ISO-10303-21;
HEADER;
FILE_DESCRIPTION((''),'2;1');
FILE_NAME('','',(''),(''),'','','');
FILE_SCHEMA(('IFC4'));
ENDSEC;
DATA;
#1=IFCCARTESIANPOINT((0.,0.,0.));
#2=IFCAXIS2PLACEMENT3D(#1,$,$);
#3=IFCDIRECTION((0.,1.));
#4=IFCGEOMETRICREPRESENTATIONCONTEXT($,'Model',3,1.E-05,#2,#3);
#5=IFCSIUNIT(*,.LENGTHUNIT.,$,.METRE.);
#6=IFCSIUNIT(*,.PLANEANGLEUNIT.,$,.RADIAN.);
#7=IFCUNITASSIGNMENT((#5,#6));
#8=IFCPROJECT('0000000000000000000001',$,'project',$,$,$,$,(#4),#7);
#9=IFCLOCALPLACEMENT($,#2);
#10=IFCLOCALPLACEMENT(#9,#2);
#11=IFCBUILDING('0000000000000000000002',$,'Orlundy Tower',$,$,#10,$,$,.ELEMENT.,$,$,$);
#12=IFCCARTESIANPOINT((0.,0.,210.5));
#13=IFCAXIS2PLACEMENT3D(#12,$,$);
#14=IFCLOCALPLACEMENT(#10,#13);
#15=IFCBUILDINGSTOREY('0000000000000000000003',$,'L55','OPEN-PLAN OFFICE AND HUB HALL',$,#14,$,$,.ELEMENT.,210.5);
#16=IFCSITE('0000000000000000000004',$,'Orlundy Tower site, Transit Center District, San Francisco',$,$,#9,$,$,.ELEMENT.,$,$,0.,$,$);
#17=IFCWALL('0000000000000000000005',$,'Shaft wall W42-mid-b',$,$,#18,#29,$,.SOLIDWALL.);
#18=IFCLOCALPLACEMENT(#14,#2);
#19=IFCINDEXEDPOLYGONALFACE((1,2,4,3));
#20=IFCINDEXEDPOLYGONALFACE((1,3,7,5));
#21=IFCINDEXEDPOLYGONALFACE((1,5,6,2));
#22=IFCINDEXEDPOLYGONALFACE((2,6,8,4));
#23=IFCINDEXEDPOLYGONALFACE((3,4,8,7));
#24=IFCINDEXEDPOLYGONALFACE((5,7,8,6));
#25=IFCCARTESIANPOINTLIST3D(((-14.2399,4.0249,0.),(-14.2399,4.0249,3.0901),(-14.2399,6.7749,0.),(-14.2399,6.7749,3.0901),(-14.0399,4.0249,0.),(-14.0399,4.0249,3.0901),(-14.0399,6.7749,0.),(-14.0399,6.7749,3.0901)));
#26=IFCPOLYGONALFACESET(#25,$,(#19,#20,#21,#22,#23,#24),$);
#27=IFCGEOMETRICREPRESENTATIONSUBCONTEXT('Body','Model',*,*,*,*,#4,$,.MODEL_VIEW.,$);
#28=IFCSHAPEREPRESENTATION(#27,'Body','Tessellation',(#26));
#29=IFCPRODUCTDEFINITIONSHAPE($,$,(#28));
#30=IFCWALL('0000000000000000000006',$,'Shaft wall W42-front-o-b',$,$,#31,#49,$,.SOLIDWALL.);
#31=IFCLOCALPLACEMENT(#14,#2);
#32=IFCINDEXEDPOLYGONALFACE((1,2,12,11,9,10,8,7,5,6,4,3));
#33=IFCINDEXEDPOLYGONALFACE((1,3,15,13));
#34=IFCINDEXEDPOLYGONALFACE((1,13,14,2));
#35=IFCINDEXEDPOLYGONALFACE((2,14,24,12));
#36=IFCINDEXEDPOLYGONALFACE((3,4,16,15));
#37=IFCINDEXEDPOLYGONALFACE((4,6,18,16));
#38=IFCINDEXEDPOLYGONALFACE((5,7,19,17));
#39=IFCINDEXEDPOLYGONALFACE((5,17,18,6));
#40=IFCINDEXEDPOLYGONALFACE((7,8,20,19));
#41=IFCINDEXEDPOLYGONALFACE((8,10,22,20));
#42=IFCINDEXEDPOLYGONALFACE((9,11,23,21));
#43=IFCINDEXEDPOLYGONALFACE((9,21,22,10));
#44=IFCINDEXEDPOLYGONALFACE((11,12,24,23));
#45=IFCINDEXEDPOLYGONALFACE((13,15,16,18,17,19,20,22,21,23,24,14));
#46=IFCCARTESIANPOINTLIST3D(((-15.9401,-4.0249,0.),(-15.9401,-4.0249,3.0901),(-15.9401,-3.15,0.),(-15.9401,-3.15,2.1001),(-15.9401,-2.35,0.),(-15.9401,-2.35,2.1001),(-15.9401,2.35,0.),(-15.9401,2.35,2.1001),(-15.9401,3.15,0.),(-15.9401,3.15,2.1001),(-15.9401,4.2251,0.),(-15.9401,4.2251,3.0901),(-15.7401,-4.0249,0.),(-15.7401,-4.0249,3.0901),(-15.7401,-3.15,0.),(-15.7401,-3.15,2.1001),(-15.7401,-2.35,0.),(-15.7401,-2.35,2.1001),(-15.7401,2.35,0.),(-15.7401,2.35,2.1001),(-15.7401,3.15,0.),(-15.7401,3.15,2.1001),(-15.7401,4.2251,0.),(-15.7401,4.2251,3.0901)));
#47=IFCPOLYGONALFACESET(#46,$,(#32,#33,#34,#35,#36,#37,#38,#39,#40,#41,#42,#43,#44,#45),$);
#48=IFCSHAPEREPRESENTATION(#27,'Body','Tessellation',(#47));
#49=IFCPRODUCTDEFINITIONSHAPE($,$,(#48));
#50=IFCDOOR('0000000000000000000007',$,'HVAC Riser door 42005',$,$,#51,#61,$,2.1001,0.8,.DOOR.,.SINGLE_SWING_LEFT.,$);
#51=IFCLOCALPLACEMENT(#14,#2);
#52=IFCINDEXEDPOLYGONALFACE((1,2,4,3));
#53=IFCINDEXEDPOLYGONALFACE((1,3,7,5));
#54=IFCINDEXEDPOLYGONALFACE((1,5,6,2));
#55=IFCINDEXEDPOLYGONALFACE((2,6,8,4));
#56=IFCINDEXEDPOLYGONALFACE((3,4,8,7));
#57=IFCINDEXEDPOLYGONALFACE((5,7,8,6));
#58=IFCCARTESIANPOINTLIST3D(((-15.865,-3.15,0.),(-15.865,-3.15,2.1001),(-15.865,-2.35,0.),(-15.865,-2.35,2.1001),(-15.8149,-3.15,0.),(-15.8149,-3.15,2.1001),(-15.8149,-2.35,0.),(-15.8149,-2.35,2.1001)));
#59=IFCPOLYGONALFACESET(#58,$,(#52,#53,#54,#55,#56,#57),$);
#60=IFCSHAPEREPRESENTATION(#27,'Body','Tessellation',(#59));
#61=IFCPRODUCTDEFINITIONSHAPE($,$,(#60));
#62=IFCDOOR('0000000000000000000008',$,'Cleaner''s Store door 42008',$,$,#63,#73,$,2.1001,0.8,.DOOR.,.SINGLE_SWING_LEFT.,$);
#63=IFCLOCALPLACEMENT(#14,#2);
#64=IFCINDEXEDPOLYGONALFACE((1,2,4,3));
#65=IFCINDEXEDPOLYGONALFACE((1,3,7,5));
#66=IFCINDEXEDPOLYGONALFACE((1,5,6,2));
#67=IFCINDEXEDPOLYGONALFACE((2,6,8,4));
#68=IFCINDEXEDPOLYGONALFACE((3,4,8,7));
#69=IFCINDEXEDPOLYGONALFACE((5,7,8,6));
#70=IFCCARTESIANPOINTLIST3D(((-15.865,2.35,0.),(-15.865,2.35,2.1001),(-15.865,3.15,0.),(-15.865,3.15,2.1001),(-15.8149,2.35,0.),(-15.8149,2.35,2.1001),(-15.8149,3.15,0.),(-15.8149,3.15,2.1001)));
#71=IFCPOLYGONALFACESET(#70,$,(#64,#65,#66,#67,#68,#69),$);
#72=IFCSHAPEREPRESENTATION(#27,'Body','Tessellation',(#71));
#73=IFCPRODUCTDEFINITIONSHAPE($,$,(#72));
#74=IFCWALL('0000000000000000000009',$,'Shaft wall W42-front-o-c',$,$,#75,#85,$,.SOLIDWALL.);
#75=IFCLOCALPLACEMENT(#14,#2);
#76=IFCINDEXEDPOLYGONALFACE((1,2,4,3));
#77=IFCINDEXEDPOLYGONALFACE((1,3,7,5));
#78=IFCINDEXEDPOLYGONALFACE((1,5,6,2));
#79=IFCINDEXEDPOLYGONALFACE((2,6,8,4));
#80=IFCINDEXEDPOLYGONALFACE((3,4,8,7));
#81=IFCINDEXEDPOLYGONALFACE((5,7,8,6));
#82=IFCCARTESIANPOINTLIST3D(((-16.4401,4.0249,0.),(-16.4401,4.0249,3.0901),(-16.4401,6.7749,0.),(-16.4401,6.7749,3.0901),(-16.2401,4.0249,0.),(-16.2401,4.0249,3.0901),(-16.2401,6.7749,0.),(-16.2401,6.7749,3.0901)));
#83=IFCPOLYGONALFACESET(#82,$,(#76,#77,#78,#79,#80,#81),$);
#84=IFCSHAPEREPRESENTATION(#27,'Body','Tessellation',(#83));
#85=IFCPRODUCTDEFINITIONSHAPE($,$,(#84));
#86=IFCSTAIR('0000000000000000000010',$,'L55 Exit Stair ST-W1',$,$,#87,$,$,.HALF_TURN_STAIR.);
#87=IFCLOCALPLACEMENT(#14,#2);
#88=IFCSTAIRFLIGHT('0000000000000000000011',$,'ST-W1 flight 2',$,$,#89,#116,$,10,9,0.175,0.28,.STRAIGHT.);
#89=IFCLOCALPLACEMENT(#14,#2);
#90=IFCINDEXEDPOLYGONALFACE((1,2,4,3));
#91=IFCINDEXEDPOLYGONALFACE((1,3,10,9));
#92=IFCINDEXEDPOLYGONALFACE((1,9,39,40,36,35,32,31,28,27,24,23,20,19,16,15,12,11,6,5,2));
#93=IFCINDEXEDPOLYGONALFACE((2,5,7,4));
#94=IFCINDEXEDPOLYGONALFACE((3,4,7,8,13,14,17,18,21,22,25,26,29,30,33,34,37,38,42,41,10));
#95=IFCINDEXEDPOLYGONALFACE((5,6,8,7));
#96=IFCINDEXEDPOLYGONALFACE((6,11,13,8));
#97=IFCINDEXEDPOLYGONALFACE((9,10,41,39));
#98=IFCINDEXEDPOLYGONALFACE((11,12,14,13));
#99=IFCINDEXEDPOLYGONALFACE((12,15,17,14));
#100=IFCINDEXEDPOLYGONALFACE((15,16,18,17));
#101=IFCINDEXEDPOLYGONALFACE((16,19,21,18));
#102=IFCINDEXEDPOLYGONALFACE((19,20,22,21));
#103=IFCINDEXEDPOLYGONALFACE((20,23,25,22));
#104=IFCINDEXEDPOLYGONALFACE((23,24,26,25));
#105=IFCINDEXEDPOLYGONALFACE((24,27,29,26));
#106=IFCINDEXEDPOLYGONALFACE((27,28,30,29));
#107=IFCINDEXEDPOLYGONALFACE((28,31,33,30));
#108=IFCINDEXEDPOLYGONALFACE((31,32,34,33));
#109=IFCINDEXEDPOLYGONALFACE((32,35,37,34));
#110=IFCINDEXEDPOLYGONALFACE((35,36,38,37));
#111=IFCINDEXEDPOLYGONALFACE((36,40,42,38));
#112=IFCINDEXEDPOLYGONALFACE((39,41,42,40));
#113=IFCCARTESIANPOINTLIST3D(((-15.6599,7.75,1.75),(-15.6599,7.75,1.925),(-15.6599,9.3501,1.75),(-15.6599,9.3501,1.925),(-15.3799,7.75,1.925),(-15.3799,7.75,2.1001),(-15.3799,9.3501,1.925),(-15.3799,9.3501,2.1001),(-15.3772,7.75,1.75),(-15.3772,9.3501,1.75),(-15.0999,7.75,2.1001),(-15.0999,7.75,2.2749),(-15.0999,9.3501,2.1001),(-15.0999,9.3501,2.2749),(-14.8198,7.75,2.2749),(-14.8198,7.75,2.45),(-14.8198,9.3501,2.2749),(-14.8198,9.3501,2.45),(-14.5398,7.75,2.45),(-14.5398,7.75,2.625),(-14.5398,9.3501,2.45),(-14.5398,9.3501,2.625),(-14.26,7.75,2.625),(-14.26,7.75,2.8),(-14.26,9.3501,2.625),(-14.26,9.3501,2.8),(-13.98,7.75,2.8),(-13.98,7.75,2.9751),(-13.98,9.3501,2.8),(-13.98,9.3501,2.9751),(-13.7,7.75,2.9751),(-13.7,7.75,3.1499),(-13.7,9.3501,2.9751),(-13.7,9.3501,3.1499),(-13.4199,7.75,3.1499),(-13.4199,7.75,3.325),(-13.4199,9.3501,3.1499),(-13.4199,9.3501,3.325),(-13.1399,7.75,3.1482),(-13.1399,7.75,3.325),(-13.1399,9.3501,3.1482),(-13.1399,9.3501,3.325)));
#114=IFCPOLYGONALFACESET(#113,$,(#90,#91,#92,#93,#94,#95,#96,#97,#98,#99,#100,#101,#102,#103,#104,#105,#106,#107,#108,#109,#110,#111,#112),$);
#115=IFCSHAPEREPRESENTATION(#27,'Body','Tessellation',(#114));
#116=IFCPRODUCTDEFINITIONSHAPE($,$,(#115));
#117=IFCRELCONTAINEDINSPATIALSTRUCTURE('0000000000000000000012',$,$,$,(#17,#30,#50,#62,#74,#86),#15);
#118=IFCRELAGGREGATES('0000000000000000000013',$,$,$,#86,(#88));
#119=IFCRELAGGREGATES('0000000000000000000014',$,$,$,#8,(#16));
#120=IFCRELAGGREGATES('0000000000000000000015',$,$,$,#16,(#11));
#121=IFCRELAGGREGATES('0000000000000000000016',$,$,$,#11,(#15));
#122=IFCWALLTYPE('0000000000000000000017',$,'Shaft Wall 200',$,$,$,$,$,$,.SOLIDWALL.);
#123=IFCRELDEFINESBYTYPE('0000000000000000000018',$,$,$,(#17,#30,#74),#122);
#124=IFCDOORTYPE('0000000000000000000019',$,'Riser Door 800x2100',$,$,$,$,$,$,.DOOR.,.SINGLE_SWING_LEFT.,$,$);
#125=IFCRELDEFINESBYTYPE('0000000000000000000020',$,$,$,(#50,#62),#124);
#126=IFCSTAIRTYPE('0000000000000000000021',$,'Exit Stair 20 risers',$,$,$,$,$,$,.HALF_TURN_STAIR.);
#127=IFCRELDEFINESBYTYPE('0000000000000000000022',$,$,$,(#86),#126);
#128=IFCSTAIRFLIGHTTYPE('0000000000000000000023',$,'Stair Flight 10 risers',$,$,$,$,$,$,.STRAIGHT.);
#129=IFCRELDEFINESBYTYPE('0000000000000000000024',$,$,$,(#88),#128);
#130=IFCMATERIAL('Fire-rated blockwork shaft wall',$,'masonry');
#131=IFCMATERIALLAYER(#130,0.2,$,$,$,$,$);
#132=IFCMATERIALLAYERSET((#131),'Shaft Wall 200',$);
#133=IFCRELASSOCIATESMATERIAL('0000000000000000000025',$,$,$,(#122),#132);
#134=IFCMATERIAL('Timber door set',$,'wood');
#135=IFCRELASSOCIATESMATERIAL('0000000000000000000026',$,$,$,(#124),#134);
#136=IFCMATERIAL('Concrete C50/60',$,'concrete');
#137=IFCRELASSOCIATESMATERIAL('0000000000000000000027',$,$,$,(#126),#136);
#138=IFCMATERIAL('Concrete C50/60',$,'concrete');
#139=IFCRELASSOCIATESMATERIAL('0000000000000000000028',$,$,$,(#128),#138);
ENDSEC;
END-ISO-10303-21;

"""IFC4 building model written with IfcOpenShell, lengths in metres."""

from ifc_helpers import new_model, si_unit, direction, frame, frame_2d, origin, place, context, subcontext, project, spatial, polyline, rectangle, outline, extrude, material, layer, layer_set, type_object, element, fill, aggregate, save


model = new_model("IFC4")

# Units and contexts
model_context = context("Model", 3, precision=1e-05, world=origin(), true_north=direction((0.0, 1.0)))
body_context = subcontext(model_context, "Body", "Model", "MODEL_VIEW")
ifc_project = project(units=[si_unit("LENGTHUNIT", "METRE"), si_unit("PLANEANGLEUNIT", "RADIAN")], contexts=[model_context])

# Site, building, storey
site_placement = place(None, origin())
site = spatial("IfcSite", under=ifc_project, at=site_placement, Name="Orlundy Tower site, Transit Center District, San Francisco", CompositionType="ELEMENT", RefElevation=0.0)
building_placement = place(site_placement, origin())
building = spatial("IfcBuilding", under=site, at=building_placement, Name="Orlundy Tower", CompositionType="ELEMENT")
storey_placement = place(building_placement, frame((0.0, 0.0, 210.5)))
storey = spatial("IfcBuildingStorey", under=building, at=storey_placement, Name="L55", Description="OPEN-PLAN OFFICE AND HUB HALL", CompositionType="ELEMENT", Elevation=210.5)

# Wall
ifc_material_1 = material(Name="Fire-rated blockwork shaft wall", Category="masonry")
ifc_layer_1 = layer(ifc_material_1, 0.2)
ifc_layer_set_1 = layer_set([ifc_layer_1], Name="Shaft Wall 200")
wall_type_1 = type_object("IfcWallType", Name="Shaft Wall 200", PredefinedType="SOLIDWALL", material=ifc_layer_set_1)
wall_1_placement = place(storey_placement, frame((-14.1399, 4.0249, 0.0), z_axis=(0.0, 0.0, 1.0), x_axis=(0.0, 1.0, 0.0)))
element("IfcWall", 1, at=wall_1_placement, inside=storey, type_object=wall_type_1, Name="Shaft wall W42-mid-b", PredefinedType="SOLIDWALL", context=body_context, shape_type="SweptSolid", body=[
    extrude(rectangle(XDim=2.75, YDim=0.2, at=frame_2d((1.375, 0.0))), origin(), (0.0, 0.0, 1.0), 3.0901),
])

# Wall, openings, doors
wall_2_placement = place(storey_placement, frame((-15.8401, -4.0249, 0.0), z_axis=(0.0, 0.0, 1.0), x_axis=(0.0, 1.0, 0.0)))
wall_2 = element("IfcWall", 2, at=wall_2_placement, inside=storey, type_object=wall_type_1, Name="Shaft wall W42-front-o-b", PredefinedType="SOLIDWALL", context=body_context, shape_type="SweptSolid", body=[
    extrude(rectangle(XDim=8.25, YDim=0.2, at=frame_2d((4.125, 0.0))), origin(), (0.0, 0.0, 1.0), 3.0901),
])
opening_1_placement = place(wall_2_placement, frame((0.875, 0.0, 0.0)))
opening_1 = element("IfcOpeningElement", 3, at=opening_1_placement, cuts=wall_2, PredefinedType="OPENING", context=body_context, shape_type="SweptSolid", body=[
    extrude(rectangle(XDim=0.8, YDim=2.1001, at=frame_2d((0.3999, 1.05))), frame((0.0, 0.1101, 0.0), z_axis=(0.0, -1.0, 0.0), x_axis=(1.0, 0.0, 0.0)), (0.0, 0.0, 1.0), 0.2202),
])
opening_2_placement = place(wall_2_placement, frame((6.375, 0.0, 0.0)))
opening_2 = element("IfcOpeningElement", 4, at=opening_2_placement, cuts=wall_2, PredefinedType="OPENING", context=body_context, shape_type="SweptSolid", body=[
    extrude(rectangle(XDim=0.8, YDim=2.1001, at=frame_2d((0.3999, 1.05))), frame((0.0, 0.1101, 0.0), z_axis=(0.0, -1.0, 0.0), x_axis=(1.0, 0.0, 0.0)), (0.0, 0.0, 1.0), 0.2202),
])
ifc_material_2 = material(Name="Timber door set", Category="wood")
door_type = type_object("IfcDoorType", Name="Riser Door 800x2100", OperationType="SINGLE_SWING_LEFT", PredefinedType="DOOR", material=ifc_material_2)
door_1_placement = place(opening_1_placement, origin())
door_1 = element("IfcDoor", 5, at=door_1_placement, inside=storey, type_object=door_type, Name="HVAC Riser door 42005", OperationType="SINGLE_SWING_LEFT", OverallHeight=2.1001, OverallWidth=0.8, PredefinedType="DOOR", context=body_context, shape_type="SweptSolid", body=[
    extrude(rectangle(XDim=0.8, YDim=2.1001, at=frame_2d((0.3999, 1.05))), frame((0.0, 0.0249, 0.0), z_axis=(0.0, -1.0, 0.0), x_axis=(1.0, 0.0, 0.0)), (0.0, 0.0, 1.0), 0.05),
])
fill(opening_1, door_1)
door_2_placement = place(opening_2_placement, origin())
door_2 = element("IfcDoor", 6, at=door_2_placement, inside=storey, type_object=door_type, Name="Cleaner's Store door 42008", OperationType="SINGLE_SWING_LEFT", OverallHeight=2.1001, OverallWidth=0.8, PredefinedType="DOOR", context=body_context, shape_type="SweptSolid", body=[
    extrude(rectangle(XDim=0.8, YDim=2.1001, at=frame_2d((0.3999, 1.05))), frame((0.0, 0.0249, 0.0), z_axis=(0.0, -1.0, 0.0), x_axis=(1.0, 0.0, 0.0)), (0.0, 0.0, 1.0), 0.05),
])
fill(opening_2, door_2)

# Wall
wall_3_placement = place(storey_placement, frame((-16.3401, 4.0249, 0.0), z_axis=(0.0, 0.0, 1.0), x_axis=(0.0, 1.0, 0.0)))
element("IfcWall", 7, at=wall_3_placement, inside=storey, type_object=wall_type_1, Name="Shaft wall W42-front-o-c", PredefinedType="SOLIDWALL", context=body_context, shape_type="SweptSolid", body=[
    extrude(rectangle(XDim=2.75, YDim=0.2, at=frame_2d((1.375, 0.0))), origin(), (0.0, 0.0, 1.0), 3.0901),
])

# Stair, stair flight
ifc_material_3 = material(Name="Concrete C50/60", Category="concrete")
stair_type = type_object("IfcStairType", Name="Exit Stair 20 risers", PredefinedType="HALF_TURN_STAIR", material=ifc_material_3)
stair_placement = place(storey_placement, origin())
stair = element("IfcStair", 8, at=stair_placement, inside=storey, type_object=stair_type, Name="L55 Exit Stair ST-W1", PredefinedType="HALF_TURN_STAIR")
ifc_material_4 = material(Name="Concrete C50/60", Category="concrete")
stair_flight_type = type_object("IfcStairFlightType", Name="Stair Flight 10 risers", PredefinedType="STRAIGHT", material=ifc_material_4)
stair_flight_placement = place(storey_placement, frame((-15.6599, 8.55, 1.75), z_axis=(0.0, 0.0, 1.0), x_axis=(1.0, 0.0, 0.0)))
stair_flight = element("IfcStairFlight", 9, at=stair_flight_placement, type_object=stair_flight_type, Name="ST-W1 flight 2", NumberOfRisers=10, NumberOfTreads=9, PredefinedType="STRAIGHT", RiserHeight=0.175, TreadLength=0.28, context=body_context, shape_type="SweptSolid", body=[
    extrude(outline(polyline([(0.0, 0.0), (0.0, 0.175), (0.28, 0.175), (0.28, 0.3501), (0.5601, 0.3501), (0.5601, 0.5249), (0.8401, 0.5249), (0.8401, 0.7), (1.1201, 0.7), (1.1201, 0.875), (1.3999, 0.875), (1.3999, 1.05), (1.6799, 1.05), (1.6799, 1.2251), (1.96, 1.2251), (1.96, 1.3999), (2.24, 1.3999), (2.24, 1.575), (2.52, 1.575), (2.52, 1.75), (2.52, 1.3982), (0.2827, 0.0), (0.0, 0.0)])), frame((0.0, 0.8, 0.0), z_axis=(0.0, -1.0, 0.0), x_axis=(1.0, 0.0, 0.0)), (0.0, 0.0, 1.0), 1.6001),
])
aggregate(stair, [stair_flight])

save(model, "model.ifc")
